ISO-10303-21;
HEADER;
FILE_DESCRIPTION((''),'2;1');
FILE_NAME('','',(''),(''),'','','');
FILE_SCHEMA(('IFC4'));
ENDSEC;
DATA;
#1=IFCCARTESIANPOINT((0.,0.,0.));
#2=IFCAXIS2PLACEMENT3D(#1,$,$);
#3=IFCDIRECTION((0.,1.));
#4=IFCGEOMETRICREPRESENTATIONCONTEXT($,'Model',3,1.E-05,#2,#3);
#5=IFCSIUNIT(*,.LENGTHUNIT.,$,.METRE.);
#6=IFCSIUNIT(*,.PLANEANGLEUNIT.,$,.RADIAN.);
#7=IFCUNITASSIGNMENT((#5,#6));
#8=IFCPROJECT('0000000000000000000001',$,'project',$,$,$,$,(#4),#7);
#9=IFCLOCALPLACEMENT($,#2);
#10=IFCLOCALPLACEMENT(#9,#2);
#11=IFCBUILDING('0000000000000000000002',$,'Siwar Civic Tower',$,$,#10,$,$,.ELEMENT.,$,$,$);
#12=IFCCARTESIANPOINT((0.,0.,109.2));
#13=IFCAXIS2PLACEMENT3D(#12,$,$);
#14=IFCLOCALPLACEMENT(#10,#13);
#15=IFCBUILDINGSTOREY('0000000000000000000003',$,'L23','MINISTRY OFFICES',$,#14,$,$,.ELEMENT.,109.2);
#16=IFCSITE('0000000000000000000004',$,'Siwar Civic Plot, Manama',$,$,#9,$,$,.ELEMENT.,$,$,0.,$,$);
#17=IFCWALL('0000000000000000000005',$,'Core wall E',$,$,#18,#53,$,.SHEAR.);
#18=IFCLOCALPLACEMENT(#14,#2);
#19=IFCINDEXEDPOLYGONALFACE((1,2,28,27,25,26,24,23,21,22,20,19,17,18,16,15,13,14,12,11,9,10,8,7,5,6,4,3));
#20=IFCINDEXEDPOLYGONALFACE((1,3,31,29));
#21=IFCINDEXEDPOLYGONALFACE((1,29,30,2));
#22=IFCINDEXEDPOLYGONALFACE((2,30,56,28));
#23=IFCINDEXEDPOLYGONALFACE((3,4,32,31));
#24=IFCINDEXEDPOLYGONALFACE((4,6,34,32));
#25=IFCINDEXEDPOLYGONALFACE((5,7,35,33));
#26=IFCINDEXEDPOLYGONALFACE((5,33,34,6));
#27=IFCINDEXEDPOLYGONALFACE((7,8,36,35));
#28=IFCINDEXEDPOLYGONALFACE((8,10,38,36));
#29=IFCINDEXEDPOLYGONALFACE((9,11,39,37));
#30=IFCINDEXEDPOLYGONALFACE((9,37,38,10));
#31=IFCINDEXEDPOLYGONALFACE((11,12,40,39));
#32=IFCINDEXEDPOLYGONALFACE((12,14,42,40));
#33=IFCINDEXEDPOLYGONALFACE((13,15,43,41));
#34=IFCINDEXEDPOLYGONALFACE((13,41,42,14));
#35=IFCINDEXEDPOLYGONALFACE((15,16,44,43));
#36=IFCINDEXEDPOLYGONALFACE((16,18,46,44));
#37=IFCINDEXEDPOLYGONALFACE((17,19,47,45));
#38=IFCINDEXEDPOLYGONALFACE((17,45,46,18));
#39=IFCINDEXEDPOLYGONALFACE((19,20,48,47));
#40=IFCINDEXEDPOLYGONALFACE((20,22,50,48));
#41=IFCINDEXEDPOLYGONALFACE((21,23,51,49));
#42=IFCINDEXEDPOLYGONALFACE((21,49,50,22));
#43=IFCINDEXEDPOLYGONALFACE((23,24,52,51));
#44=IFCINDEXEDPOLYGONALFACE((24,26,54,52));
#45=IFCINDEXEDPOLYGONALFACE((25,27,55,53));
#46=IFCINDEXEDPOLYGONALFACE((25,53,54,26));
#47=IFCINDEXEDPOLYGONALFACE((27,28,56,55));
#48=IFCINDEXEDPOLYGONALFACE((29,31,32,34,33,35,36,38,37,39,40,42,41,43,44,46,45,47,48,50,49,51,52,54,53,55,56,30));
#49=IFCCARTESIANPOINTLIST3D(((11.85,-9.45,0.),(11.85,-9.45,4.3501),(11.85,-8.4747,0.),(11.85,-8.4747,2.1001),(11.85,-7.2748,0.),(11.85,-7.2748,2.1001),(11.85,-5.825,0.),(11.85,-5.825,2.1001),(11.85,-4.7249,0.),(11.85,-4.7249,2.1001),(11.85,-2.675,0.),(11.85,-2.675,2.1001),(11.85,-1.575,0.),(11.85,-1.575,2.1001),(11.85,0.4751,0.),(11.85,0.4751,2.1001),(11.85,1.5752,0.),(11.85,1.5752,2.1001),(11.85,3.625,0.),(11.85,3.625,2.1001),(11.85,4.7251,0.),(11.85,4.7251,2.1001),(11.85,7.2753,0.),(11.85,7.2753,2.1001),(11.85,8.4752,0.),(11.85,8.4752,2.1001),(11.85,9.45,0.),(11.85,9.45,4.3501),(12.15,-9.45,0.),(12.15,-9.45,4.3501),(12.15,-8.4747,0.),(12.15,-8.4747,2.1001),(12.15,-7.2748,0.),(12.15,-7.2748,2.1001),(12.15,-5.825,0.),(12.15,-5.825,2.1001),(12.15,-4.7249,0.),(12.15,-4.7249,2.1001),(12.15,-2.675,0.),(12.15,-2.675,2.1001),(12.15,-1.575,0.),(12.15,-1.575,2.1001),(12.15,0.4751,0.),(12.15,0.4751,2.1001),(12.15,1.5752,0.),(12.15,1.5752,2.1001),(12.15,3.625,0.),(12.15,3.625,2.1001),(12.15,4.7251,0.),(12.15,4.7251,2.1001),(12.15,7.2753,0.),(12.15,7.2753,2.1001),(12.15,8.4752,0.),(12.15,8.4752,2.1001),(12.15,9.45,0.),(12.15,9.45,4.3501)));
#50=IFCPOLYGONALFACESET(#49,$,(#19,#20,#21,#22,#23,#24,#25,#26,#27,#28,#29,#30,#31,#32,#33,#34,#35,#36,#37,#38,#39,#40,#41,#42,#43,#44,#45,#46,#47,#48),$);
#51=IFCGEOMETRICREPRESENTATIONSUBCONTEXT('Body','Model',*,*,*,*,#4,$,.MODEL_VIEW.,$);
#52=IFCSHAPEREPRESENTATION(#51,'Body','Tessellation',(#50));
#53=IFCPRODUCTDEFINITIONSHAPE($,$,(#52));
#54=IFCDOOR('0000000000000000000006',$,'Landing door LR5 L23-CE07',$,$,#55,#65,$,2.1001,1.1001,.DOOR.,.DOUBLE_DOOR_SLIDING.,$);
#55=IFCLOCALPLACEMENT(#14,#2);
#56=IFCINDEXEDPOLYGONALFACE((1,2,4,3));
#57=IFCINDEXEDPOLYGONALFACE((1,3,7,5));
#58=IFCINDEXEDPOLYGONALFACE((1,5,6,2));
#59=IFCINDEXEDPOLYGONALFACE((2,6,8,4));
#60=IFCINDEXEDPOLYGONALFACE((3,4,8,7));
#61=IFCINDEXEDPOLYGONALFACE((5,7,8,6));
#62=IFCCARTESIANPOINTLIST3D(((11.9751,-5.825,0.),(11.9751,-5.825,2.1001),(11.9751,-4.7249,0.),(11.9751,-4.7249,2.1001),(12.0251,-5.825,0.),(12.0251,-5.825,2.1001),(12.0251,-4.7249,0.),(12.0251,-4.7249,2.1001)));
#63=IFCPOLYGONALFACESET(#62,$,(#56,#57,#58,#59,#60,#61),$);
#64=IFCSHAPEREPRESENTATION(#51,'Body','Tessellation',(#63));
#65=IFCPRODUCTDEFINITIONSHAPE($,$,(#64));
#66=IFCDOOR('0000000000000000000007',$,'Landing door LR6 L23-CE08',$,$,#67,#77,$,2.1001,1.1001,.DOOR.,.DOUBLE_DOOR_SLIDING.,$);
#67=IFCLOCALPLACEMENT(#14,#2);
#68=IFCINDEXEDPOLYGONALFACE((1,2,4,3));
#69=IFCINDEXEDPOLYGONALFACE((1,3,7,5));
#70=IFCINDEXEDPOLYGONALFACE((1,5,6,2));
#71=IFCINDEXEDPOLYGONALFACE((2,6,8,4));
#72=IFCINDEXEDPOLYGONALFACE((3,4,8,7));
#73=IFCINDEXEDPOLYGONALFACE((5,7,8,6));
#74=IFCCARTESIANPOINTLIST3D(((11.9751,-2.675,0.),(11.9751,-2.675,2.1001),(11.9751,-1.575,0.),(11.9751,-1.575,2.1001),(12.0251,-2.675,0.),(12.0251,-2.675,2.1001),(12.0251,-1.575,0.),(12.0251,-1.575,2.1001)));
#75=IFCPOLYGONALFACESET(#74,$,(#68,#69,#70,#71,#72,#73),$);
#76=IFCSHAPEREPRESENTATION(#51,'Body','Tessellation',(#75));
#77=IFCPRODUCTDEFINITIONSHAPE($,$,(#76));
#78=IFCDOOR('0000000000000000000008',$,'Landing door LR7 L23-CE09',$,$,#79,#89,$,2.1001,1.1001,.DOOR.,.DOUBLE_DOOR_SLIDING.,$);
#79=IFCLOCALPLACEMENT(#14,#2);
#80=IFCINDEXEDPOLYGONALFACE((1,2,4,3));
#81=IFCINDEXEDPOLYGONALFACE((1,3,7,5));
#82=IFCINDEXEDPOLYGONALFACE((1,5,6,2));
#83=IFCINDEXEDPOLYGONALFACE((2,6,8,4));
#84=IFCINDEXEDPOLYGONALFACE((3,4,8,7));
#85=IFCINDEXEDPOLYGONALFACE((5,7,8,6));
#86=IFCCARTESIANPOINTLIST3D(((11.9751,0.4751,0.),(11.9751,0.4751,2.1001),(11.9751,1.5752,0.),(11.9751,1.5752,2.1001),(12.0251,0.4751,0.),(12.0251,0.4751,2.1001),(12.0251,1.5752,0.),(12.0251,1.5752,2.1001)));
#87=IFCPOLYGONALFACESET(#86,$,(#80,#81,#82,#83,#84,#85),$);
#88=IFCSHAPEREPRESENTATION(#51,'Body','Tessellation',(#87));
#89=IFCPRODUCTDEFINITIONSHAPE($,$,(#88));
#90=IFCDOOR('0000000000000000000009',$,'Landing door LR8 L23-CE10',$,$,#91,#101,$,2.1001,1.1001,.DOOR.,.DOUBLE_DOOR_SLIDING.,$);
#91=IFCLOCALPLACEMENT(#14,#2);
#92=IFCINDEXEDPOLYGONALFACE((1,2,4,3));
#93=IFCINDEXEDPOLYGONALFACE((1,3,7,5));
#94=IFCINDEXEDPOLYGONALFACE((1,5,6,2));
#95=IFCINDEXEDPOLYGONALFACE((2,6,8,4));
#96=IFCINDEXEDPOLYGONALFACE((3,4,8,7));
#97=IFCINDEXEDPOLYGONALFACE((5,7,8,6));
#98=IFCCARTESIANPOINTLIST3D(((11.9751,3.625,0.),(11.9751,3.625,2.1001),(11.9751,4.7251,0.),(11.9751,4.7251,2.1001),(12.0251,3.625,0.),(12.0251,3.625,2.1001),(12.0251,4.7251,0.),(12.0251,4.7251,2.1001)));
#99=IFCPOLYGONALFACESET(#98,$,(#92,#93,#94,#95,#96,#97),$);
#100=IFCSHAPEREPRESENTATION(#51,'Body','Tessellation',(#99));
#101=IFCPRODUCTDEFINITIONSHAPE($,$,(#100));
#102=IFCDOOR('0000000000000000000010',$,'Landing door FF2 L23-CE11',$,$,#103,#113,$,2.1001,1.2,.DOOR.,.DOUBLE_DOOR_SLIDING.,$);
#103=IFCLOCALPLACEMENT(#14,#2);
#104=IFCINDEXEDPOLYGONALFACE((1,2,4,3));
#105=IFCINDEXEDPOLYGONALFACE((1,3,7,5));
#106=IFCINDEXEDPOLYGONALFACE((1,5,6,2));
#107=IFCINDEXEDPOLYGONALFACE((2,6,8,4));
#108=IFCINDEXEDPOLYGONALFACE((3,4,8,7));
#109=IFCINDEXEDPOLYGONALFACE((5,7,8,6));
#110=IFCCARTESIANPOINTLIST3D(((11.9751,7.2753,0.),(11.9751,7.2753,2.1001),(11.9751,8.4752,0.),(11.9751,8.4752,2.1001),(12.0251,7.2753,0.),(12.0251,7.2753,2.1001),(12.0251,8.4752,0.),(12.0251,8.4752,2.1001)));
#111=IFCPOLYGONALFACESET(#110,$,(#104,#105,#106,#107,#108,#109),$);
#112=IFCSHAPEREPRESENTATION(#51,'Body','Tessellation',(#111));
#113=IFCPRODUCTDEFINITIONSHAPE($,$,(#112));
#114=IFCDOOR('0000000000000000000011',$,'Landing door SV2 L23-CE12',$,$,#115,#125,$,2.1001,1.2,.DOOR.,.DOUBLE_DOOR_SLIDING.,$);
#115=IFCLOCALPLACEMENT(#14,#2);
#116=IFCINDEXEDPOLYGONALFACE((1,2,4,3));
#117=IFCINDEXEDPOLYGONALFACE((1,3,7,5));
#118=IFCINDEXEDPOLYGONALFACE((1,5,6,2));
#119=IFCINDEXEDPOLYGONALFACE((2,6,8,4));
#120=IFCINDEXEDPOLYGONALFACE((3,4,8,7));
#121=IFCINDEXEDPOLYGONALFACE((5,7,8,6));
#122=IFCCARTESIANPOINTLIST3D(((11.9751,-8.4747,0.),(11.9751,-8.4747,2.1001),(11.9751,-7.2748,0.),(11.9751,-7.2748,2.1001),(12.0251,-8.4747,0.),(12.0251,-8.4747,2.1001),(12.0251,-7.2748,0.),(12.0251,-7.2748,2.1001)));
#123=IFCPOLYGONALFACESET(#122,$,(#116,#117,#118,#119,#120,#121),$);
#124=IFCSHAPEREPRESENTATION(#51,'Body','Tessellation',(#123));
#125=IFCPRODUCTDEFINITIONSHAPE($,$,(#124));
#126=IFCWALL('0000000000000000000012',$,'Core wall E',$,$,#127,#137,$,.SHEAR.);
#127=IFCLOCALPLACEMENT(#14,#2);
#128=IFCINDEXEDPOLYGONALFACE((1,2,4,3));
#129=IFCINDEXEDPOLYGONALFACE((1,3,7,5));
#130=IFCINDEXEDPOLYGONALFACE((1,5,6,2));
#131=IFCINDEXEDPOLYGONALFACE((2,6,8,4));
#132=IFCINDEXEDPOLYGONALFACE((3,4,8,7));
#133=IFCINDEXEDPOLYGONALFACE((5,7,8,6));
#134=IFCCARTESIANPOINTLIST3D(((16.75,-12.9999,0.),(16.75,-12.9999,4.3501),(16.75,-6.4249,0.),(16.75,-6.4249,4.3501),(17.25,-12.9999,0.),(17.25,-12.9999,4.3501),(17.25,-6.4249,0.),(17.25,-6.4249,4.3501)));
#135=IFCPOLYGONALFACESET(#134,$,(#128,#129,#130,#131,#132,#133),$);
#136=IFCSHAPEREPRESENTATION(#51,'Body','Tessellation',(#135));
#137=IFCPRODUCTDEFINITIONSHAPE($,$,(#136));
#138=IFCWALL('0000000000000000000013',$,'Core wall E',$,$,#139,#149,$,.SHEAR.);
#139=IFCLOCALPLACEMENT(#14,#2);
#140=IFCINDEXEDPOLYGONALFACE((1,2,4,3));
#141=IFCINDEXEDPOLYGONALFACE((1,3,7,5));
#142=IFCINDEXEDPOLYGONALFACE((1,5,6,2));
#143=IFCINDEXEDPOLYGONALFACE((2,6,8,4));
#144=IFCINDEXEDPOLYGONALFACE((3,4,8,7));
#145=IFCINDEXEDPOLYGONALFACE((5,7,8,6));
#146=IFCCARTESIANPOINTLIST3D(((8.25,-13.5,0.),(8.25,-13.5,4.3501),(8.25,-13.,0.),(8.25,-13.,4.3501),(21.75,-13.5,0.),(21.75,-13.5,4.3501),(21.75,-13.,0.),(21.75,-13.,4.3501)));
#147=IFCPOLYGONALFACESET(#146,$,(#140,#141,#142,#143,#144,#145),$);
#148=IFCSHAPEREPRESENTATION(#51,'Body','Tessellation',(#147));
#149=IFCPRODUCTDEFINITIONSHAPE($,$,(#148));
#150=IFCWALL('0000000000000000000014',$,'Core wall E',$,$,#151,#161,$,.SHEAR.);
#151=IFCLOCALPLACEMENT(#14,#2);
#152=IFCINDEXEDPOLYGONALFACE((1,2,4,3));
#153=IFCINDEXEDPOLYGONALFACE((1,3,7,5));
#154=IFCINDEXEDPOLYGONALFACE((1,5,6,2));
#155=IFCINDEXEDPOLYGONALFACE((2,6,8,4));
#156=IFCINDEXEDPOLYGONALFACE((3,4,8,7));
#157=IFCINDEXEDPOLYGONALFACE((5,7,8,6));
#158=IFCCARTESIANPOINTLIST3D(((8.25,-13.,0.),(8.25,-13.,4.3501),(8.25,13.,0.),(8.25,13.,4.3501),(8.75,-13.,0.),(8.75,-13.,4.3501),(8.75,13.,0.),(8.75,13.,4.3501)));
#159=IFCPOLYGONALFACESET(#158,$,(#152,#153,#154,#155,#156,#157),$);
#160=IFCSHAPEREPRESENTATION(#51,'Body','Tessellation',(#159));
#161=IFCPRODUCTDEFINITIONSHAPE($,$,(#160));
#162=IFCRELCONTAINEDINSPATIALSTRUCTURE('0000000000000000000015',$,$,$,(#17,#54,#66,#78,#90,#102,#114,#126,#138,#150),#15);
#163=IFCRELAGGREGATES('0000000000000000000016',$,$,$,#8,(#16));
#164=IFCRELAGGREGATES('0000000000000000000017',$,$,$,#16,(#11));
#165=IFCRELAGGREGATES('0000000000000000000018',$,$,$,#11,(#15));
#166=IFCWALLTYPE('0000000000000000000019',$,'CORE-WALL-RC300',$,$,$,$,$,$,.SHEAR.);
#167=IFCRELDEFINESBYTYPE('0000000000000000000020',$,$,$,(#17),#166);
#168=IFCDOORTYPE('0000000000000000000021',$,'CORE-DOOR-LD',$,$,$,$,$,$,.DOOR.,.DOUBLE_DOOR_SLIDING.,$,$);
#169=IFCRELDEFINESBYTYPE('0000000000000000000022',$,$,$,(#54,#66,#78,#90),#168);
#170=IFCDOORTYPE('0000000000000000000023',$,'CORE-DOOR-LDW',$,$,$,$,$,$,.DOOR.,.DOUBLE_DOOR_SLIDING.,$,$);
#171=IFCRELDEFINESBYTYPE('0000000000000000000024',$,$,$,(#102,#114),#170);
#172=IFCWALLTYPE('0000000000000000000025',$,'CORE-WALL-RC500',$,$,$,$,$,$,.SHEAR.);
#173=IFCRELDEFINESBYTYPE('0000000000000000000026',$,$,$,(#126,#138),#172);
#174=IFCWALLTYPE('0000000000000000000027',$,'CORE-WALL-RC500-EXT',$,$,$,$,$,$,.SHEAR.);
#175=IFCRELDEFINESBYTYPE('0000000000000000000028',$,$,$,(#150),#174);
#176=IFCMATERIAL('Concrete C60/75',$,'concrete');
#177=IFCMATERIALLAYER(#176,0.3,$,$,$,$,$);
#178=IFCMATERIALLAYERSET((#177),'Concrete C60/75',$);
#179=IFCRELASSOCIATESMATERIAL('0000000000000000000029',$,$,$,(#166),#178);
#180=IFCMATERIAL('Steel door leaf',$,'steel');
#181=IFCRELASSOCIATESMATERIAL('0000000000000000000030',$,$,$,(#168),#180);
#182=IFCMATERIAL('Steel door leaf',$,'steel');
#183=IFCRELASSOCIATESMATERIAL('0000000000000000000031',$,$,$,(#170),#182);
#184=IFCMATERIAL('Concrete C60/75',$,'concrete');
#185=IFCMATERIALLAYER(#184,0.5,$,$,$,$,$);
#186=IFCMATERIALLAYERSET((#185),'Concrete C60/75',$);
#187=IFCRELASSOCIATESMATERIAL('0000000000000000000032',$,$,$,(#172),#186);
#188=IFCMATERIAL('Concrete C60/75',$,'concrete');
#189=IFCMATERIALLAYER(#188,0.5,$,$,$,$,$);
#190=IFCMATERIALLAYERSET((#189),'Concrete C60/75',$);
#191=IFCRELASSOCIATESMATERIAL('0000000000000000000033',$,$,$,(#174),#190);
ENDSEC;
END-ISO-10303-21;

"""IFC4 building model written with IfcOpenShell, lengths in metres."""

from ifc_helpers import new_model, si_unit, direction, frame, frame_2d, origin, place, context, subcontext, project, spatial, rectangle, extrude, material, layer, layer_set, type_object, element, fill, save


model = new_model("IFC4")

# Units and contexts
model_context = context("Model", 3, precision=1e-05, world=origin(), true_north=direction((0.0, 1.0)))
body_context = subcontext(model_context, "Body", "Model", "MODEL_VIEW")
ifc_project = project(units=[si_unit("LENGTHUNIT", "METRE"), si_unit("PLANEANGLEUNIT", "RADIAN")], contexts=[model_context])

# Site, building, storey
site_placement = place(None, origin())
site = spatial("IfcSite", under=ifc_project, at=site_placement, Name="Siwar Civic Plot, Manama", CompositionType="ELEMENT", RefElevation=0.0)
building_placement = place(site_placement, origin())
building = spatial("IfcBuilding", under=site, at=building_placement, Name="Siwar Civic Tower", CompositionType="ELEMENT")
storey_placement = place(building_placement, frame((0.0, 0.0, 109.2)))
storey = spatial("IfcBuildingStorey", under=building, at=storey_placement, Name="L23", Description="MINISTRY OFFICES", CompositionType="ELEMENT", Elevation=109.2)

# Wall, openings, doors
ifc_material_1 = material(Name="Concrete C60/75", Category="concrete")
ifc_layer_1 = layer(ifc_material_1, 0.3)
ifc_layer_set_1 = layer_set([ifc_layer_1], Name="Concrete C60/75")
wall_type_1 = type_object("IfcWallType", Name="CORE-WALL-RC300", PredefinedType="SHEAR", material=ifc_layer_set_1)
wall_1_placement = place(storey_placement, frame((12.0, -9.45, 0.0), z_axis=(0.0, 0.0, 1.0), x_axis=(0.0, 1.0, 0.0)))
wall_1 = element("IfcWall", 1, at=wall_1_placement, inside=storey, type_object=wall_type_1, Name="Core wall E", PredefinedType="SHEAR", context=body_context, shape_type="SweptSolid", body=[
    extrude(rectangle(XDim=18.8999, YDim=0.3, at=frame_2d((9.45, 0.0))), origin(), (0.0, 0.0, 1.0), 4.3501),
])
opening_1_placement = place(wall_1_placement, frame((3.625, 0.0, 0.0)))
opening_1 = element("IfcOpeningElement", 2, at=opening_1_placement, cuts=wall_1, PredefinedType="OPENING", context=body_context, shape_type="SweptSolid", body=[
    extrude(rectangle(XDim=1.1001, YDim=2.1001, at=frame_2d((0.55, 1.05))), frame((0.0, 0.1602, 0.0), z_axis=(0.0, -1.0, 0.0), x_axis=(1.0, 0.0, 0.0)), (0.0, 0.0, 1.0), 0.3201),
])
opening_2_placement = place(wall_1_placement, frame((6.7749, 0.0, 0.0)))
opening_2 = element("IfcOpeningElement", 3, at=opening_2_placement, cuts=wall_1, PredefinedType="OPENING", context=body_context, shape_type="SweptSolid", body=[
    extrude(rectangle(XDim=1.1001, YDim=2.1001, at=frame_2d((0.55, 1.05))), frame((0.0, 0.1602, 0.0), z_axis=(0.0, -1.0, 0.0), x_axis=(1.0, 0.0, 0.0)), (0.0, 0.0, 1.0), 0.3201),
])
opening_3_placement = place(wall_1_placement, frame((9.925, 0.0, 0.0)))
opening_3 = element("IfcOpeningElement", 4, at=opening_3_placement, cuts=wall_1, PredefinedType="OPENING", context=body_context, shape_type="SweptSolid", body=[
    extrude(rectangle(XDim=1.1001, YDim=2.1001, at=frame_2d((0.55, 1.05))), frame((0.0, 0.1602, 0.0), z_axis=(0.0, -1.0, 0.0), x_axis=(1.0, 0.0, 0.0)), (0.0, 0.0, 1.0), 0.3201),
])
opening_4_placement = place(wall_1_placement, frame((13.075, 0.0, 0.0)))
opening_4 = element("IfcOpeningElement", 5, at=opening_4_placement, cuts=wall_1, PredefinedType="OPENING", context=body_context, shape_type="SweptSolid", body=[
    extrude(rectangle(XDim=1.1001, YDim=2.1001, at=frame_2d((0.55, 1.05))), frame((0.0, 0.1602, 0.0), z_axis=(0.0, -1.0, 0.0), x_axis=(1.0, 0.0, 0.0)), (0.0, 0.0, 1.0), 0.3201),
])
opening_5_placement = place(wall_1_placement, frame((16.7251, 0.0, 0.0)))
opening_5 = element("IfcOpeningElement", 6, at=opening_5_placement, cuts=wall_1, PredefinedType="OPENING", context=body_context, shape_type="SweptSolid", body=[
    extrude(rectangle(XDim=1.2, YDim=2.1001, at=frame_2d((0.6001, 1.05))), frame((0.0, 0.1602, 0.0), z_axis=(0.0, -1.0, 0.0), x_axis=(1.0, 0.0, 0.0)), (0.0, 0.0, 1.0), 0.3201),
])
opening_6_placement = place(wall_1_placement, frame((0.9751, 0.0, 0.0)))
opening_6 = element("IfcOpeningElement", 7, at=opening_6_placement, cuts=wall_1, PredefinedType="OPENING", context=body_context, shape_type="SweptSolid", body=[
    extrude(rectangle(XDim=1.2, YDim=2.1001, at=frame_2d((0.6001, 1.05))), frame((0.0, 0.1602, 0.0), z_axis=(0.0, -1.0, 0.0), x_axis=(1.0, 0.0, 0.0)), (0.0, 0.0, 1.0), 0.3201),
])
ifc_material_2 = material(Name="Steel door leaf", Category="steel")
door_type_1 = type_object("IfcDoorType", Name="CORE-DOOR-LD", OperationType="DOUBLE_DOOR_SLIDING", PredefinedType="DOOR", material=ifc_material_2)
door_1_placement = place(opening_1_placement, origin())
door_1 = element("IfcDoor", 8, at=door_1_placement, inside=storey, type_object=door_type_1, Name="Landing door LR5 L23-CE07", OperationType="DOUBLE_DOOR_SLIDING", OverallHeight=2.1001, OverallWidth=1.1001, PredefinedType="DOOR", context=body_context, shape_type="SweptSolid", body=[
    extrude(rectangle(XDim=1.1001, YDim=2.1001, at=frame_2d((0.55, 1.05))), frame((0.0, 0.0249, 0.0), z_axis=(0.0, -1.0, 0.0), x_axis=(1.0, 0.0, 0.0)), (0.0, 0.0, 1.0), 0.05),
])
fill(opening_1, door_1)
door_2_placement = place(opening_2_placement, origin())
door_2 = element("IfcDoor", 9, at=door_2_placement, inside=storey, type_object=door_type_1, Name="Landing door LR6 L23-CE08", OperationType="DOUBLE_DOOR_SLIDING", OverallHeight=2.1001, OverallWidth=1.1001, PredefinedType="DOOR", context=body_context, shape_type="SweptSolid", body=[
    extrude(rectangle(XDim=1.1001, YDim=2.1001, at=frame_2d((0.55, 1.05))), frame((0.0, 0.0249, 0.0), z_axis=(0.0, -1.0, 0.0), x_axis=(1.0, 0.0, 0.0)), (0.0, 0.0, 1.0), 0.05),
])
fill(opening_2, door_2)
door_3_placement = place(opening_3_placement, origin())
door_3 = element("IfcDoor", 10, at=door_3_placement, inside=storey, type_object=door_type_1, Name="Landing door LR7 L23-CE09", OperationType="DOUBLE_DOOR_SLIDING", OverallHeight=2.1001, OverallWidth=1.1001, PredefinedType="DOOR", context=body_context, shape_type="SweptSolid", body=[
    extrude(rectangle(XDim=1.1001, YDim=2.1001, at=frame_2d((0.55, 1.05))), frame((0.0, 0.0249, 0.0), z_axis=(0.0, -1.0, 0.0), x_axis=(1.0, 0.0, 0.0)), (0.0, 0.0, 1.0), 0.05),
])
fill(opening_3, door_3)
door_4_placement = place(opening_4_placement, origin())
door_4 = element("IfcDoor", 11, at=door_4_placement, inside=storey, type_object=door_type_1, Name="Landing door LR8 L23-CE10", OperationType="DOUBLE_DOOR_SLIDING", OverallHeight=2.1001, OverallWidth=1.1001, PredefinedType="DOOR", context=body_context, shape_type="SweptSolid", body=[
    extrude(rectangle(XDim=1.1001, YDim=2.1001, at=frame_2d((0.55, 1.05))), frame((0.0, 0.0249, 0.0), z_axis=(0.0, -1.0, 0.0), x_axis=(1.0, 0.0, 0.0)), (0.0, 0.0, 1.0), 0.05),
])
fill(opening_4, door_4)
ifc_material_3 = material(Name="Steel door leaf", Category="steel")
door_type_2 = type_object("IfcDoorType", Name="CORE-DOOR-LDW", OperationType="DOUBLE_DOOR_SLIDING", PredefinedType="DOOR", material=ifc_material_3)
door_5_placement = place(opening_5_placement, origin())
door_5 = element("IfcDoor", 12, at=door_5_placement, inside=storey, type_object=door_type_2, Name="Landing door FF2 L23-CE11", OperationType="DOUBLE_DOOR_SLIDING", OverallHeight=2.1001, OverallWidth=1.2, PredefinedType="DOOR", context=body_context, shape_type="SweptSolid", body=[
    extrude(rectangle(XDim=1.2, YDim=2.1001, at=frame_2d((0.6001, 1.05))), frame((0.0, 0.0249, 0.0), z_axis=(0.0, -1.0, 0.0), x_axis=(1.0, 0.0, 0.0)), (0.0, 0.0, 1.0), 0.05),
])
fill(opening_5, door_5)
door_6_placement = place(opening_6_placement, origin())
door_6 = element("IfcDoor", 13, at=door_6_placement, inside=storey, type_object=door_type_2, Name="Landing door SV2 L23-CE12", OperationType="DOUBLE_DOOR_SLIDING", OverallHeight=2.1001, OverallWidth=1.2, PredefinedType="DOOR", context=body_context, shape_type="SweptSolid", body=[
    extrude(rectangle(XDim=1.2, YDim=2.1001, at=frame_2d((0.6001, 1.05))), frame((0.0, 0.0249, 0.0), z_axis=(0.0, -1.0, 0.0), x_axis=(1.0, 0.0, 0.0)), (0.0, 0.0, 1.0), 0.05),
])
fill(opening_6, door_6)

# Walls
ifc_material_4 = material(Name="Concrete C60/75", Category="concrete")
ifc_layer_2 = layer(ifc_material_4, 0.5)
ifc_layer_set_2 = layer_set([ifc_layer_2], Name="Concrete C60/75")
wall_type_2 = type_object("IfcWallType", Name="CORE-WALL-RC500", PredefinedType="SHEAR", material=ifc_layer_set_2)
wall_2_placement = place(storey_placement, frame((17.0, -13.0, 0.0), z_axis=(0.0, 0.0, 1.0), x_axis=(0.0, 1.0, 0.0)))
element("IfcWall", 14, at=wall_2_placement, inside=storey, type_object=wall_type_2, Name="Core wall E", PredefinedType="SHEAR", context=body_context, shape_type="SweptSolid", body=[
    extrude(rectangle(XDim=6.575, YDim=0.5, at=frame_2d((3.2876, 0.0))), origin(), (0.0, 0.0, 1.0), 4.3501),
])
wall_3_placement = place(storey_placement, frame((8.25, -13.25, 0.0), z_axis=(0.0, 0.0, 1.0), x_axis=(1.0, 0.0, 0.0)))
element("IfcWall", 15, at=wall_3_placement, inside=storey, type_object=wall_type_2, Name="Core wall E", PredefinedType="SHEAR", context=body_context, shape_type="SweptSolid", body=[
    extrude(rectangle(XDim=13.5, YDim=0.5, at=frame_2d((6.75, 0.0))), origin(), (0.0, 0.0, 1.0), 4.3501),
])
ifc_material_5 = material(Name="Concrete C60/75", Category="concrete")
ifc_layer_3 = layer(ifc_material_5, 0.5)
ifc_layer_set_3 = layer_set([ifc_layer_3], Name="Concrete C60/75")
wall_type_3 = type_object("IfcWallType", Name="CORE-WALL-RC500-EXT", PredefinedType="SHEAR", material=ifc_layer_set_3)
wall_4_placement = place(storey_placement, frame((8.5, -13.0, 0.0), z_axis=(0.0, 0.0, 1.0), x_axis=(0.0, 1.0, 0.0)))
element("IfcWall", 16, at=wall_4_placement, inside=storey, type_object=wall_type_3, Name="Core wall E", PredefinedType="SHEAR", context=body_context, shape_type="SweptSolid", body=[
    extrude(rectangle(XDim=26.0, YDim=0.5, at=frame_2d((13.0, 0.0))), origin(), (0.0, 0.0, 1.0), 4.3501),
])

save(model, "model.ifc")
